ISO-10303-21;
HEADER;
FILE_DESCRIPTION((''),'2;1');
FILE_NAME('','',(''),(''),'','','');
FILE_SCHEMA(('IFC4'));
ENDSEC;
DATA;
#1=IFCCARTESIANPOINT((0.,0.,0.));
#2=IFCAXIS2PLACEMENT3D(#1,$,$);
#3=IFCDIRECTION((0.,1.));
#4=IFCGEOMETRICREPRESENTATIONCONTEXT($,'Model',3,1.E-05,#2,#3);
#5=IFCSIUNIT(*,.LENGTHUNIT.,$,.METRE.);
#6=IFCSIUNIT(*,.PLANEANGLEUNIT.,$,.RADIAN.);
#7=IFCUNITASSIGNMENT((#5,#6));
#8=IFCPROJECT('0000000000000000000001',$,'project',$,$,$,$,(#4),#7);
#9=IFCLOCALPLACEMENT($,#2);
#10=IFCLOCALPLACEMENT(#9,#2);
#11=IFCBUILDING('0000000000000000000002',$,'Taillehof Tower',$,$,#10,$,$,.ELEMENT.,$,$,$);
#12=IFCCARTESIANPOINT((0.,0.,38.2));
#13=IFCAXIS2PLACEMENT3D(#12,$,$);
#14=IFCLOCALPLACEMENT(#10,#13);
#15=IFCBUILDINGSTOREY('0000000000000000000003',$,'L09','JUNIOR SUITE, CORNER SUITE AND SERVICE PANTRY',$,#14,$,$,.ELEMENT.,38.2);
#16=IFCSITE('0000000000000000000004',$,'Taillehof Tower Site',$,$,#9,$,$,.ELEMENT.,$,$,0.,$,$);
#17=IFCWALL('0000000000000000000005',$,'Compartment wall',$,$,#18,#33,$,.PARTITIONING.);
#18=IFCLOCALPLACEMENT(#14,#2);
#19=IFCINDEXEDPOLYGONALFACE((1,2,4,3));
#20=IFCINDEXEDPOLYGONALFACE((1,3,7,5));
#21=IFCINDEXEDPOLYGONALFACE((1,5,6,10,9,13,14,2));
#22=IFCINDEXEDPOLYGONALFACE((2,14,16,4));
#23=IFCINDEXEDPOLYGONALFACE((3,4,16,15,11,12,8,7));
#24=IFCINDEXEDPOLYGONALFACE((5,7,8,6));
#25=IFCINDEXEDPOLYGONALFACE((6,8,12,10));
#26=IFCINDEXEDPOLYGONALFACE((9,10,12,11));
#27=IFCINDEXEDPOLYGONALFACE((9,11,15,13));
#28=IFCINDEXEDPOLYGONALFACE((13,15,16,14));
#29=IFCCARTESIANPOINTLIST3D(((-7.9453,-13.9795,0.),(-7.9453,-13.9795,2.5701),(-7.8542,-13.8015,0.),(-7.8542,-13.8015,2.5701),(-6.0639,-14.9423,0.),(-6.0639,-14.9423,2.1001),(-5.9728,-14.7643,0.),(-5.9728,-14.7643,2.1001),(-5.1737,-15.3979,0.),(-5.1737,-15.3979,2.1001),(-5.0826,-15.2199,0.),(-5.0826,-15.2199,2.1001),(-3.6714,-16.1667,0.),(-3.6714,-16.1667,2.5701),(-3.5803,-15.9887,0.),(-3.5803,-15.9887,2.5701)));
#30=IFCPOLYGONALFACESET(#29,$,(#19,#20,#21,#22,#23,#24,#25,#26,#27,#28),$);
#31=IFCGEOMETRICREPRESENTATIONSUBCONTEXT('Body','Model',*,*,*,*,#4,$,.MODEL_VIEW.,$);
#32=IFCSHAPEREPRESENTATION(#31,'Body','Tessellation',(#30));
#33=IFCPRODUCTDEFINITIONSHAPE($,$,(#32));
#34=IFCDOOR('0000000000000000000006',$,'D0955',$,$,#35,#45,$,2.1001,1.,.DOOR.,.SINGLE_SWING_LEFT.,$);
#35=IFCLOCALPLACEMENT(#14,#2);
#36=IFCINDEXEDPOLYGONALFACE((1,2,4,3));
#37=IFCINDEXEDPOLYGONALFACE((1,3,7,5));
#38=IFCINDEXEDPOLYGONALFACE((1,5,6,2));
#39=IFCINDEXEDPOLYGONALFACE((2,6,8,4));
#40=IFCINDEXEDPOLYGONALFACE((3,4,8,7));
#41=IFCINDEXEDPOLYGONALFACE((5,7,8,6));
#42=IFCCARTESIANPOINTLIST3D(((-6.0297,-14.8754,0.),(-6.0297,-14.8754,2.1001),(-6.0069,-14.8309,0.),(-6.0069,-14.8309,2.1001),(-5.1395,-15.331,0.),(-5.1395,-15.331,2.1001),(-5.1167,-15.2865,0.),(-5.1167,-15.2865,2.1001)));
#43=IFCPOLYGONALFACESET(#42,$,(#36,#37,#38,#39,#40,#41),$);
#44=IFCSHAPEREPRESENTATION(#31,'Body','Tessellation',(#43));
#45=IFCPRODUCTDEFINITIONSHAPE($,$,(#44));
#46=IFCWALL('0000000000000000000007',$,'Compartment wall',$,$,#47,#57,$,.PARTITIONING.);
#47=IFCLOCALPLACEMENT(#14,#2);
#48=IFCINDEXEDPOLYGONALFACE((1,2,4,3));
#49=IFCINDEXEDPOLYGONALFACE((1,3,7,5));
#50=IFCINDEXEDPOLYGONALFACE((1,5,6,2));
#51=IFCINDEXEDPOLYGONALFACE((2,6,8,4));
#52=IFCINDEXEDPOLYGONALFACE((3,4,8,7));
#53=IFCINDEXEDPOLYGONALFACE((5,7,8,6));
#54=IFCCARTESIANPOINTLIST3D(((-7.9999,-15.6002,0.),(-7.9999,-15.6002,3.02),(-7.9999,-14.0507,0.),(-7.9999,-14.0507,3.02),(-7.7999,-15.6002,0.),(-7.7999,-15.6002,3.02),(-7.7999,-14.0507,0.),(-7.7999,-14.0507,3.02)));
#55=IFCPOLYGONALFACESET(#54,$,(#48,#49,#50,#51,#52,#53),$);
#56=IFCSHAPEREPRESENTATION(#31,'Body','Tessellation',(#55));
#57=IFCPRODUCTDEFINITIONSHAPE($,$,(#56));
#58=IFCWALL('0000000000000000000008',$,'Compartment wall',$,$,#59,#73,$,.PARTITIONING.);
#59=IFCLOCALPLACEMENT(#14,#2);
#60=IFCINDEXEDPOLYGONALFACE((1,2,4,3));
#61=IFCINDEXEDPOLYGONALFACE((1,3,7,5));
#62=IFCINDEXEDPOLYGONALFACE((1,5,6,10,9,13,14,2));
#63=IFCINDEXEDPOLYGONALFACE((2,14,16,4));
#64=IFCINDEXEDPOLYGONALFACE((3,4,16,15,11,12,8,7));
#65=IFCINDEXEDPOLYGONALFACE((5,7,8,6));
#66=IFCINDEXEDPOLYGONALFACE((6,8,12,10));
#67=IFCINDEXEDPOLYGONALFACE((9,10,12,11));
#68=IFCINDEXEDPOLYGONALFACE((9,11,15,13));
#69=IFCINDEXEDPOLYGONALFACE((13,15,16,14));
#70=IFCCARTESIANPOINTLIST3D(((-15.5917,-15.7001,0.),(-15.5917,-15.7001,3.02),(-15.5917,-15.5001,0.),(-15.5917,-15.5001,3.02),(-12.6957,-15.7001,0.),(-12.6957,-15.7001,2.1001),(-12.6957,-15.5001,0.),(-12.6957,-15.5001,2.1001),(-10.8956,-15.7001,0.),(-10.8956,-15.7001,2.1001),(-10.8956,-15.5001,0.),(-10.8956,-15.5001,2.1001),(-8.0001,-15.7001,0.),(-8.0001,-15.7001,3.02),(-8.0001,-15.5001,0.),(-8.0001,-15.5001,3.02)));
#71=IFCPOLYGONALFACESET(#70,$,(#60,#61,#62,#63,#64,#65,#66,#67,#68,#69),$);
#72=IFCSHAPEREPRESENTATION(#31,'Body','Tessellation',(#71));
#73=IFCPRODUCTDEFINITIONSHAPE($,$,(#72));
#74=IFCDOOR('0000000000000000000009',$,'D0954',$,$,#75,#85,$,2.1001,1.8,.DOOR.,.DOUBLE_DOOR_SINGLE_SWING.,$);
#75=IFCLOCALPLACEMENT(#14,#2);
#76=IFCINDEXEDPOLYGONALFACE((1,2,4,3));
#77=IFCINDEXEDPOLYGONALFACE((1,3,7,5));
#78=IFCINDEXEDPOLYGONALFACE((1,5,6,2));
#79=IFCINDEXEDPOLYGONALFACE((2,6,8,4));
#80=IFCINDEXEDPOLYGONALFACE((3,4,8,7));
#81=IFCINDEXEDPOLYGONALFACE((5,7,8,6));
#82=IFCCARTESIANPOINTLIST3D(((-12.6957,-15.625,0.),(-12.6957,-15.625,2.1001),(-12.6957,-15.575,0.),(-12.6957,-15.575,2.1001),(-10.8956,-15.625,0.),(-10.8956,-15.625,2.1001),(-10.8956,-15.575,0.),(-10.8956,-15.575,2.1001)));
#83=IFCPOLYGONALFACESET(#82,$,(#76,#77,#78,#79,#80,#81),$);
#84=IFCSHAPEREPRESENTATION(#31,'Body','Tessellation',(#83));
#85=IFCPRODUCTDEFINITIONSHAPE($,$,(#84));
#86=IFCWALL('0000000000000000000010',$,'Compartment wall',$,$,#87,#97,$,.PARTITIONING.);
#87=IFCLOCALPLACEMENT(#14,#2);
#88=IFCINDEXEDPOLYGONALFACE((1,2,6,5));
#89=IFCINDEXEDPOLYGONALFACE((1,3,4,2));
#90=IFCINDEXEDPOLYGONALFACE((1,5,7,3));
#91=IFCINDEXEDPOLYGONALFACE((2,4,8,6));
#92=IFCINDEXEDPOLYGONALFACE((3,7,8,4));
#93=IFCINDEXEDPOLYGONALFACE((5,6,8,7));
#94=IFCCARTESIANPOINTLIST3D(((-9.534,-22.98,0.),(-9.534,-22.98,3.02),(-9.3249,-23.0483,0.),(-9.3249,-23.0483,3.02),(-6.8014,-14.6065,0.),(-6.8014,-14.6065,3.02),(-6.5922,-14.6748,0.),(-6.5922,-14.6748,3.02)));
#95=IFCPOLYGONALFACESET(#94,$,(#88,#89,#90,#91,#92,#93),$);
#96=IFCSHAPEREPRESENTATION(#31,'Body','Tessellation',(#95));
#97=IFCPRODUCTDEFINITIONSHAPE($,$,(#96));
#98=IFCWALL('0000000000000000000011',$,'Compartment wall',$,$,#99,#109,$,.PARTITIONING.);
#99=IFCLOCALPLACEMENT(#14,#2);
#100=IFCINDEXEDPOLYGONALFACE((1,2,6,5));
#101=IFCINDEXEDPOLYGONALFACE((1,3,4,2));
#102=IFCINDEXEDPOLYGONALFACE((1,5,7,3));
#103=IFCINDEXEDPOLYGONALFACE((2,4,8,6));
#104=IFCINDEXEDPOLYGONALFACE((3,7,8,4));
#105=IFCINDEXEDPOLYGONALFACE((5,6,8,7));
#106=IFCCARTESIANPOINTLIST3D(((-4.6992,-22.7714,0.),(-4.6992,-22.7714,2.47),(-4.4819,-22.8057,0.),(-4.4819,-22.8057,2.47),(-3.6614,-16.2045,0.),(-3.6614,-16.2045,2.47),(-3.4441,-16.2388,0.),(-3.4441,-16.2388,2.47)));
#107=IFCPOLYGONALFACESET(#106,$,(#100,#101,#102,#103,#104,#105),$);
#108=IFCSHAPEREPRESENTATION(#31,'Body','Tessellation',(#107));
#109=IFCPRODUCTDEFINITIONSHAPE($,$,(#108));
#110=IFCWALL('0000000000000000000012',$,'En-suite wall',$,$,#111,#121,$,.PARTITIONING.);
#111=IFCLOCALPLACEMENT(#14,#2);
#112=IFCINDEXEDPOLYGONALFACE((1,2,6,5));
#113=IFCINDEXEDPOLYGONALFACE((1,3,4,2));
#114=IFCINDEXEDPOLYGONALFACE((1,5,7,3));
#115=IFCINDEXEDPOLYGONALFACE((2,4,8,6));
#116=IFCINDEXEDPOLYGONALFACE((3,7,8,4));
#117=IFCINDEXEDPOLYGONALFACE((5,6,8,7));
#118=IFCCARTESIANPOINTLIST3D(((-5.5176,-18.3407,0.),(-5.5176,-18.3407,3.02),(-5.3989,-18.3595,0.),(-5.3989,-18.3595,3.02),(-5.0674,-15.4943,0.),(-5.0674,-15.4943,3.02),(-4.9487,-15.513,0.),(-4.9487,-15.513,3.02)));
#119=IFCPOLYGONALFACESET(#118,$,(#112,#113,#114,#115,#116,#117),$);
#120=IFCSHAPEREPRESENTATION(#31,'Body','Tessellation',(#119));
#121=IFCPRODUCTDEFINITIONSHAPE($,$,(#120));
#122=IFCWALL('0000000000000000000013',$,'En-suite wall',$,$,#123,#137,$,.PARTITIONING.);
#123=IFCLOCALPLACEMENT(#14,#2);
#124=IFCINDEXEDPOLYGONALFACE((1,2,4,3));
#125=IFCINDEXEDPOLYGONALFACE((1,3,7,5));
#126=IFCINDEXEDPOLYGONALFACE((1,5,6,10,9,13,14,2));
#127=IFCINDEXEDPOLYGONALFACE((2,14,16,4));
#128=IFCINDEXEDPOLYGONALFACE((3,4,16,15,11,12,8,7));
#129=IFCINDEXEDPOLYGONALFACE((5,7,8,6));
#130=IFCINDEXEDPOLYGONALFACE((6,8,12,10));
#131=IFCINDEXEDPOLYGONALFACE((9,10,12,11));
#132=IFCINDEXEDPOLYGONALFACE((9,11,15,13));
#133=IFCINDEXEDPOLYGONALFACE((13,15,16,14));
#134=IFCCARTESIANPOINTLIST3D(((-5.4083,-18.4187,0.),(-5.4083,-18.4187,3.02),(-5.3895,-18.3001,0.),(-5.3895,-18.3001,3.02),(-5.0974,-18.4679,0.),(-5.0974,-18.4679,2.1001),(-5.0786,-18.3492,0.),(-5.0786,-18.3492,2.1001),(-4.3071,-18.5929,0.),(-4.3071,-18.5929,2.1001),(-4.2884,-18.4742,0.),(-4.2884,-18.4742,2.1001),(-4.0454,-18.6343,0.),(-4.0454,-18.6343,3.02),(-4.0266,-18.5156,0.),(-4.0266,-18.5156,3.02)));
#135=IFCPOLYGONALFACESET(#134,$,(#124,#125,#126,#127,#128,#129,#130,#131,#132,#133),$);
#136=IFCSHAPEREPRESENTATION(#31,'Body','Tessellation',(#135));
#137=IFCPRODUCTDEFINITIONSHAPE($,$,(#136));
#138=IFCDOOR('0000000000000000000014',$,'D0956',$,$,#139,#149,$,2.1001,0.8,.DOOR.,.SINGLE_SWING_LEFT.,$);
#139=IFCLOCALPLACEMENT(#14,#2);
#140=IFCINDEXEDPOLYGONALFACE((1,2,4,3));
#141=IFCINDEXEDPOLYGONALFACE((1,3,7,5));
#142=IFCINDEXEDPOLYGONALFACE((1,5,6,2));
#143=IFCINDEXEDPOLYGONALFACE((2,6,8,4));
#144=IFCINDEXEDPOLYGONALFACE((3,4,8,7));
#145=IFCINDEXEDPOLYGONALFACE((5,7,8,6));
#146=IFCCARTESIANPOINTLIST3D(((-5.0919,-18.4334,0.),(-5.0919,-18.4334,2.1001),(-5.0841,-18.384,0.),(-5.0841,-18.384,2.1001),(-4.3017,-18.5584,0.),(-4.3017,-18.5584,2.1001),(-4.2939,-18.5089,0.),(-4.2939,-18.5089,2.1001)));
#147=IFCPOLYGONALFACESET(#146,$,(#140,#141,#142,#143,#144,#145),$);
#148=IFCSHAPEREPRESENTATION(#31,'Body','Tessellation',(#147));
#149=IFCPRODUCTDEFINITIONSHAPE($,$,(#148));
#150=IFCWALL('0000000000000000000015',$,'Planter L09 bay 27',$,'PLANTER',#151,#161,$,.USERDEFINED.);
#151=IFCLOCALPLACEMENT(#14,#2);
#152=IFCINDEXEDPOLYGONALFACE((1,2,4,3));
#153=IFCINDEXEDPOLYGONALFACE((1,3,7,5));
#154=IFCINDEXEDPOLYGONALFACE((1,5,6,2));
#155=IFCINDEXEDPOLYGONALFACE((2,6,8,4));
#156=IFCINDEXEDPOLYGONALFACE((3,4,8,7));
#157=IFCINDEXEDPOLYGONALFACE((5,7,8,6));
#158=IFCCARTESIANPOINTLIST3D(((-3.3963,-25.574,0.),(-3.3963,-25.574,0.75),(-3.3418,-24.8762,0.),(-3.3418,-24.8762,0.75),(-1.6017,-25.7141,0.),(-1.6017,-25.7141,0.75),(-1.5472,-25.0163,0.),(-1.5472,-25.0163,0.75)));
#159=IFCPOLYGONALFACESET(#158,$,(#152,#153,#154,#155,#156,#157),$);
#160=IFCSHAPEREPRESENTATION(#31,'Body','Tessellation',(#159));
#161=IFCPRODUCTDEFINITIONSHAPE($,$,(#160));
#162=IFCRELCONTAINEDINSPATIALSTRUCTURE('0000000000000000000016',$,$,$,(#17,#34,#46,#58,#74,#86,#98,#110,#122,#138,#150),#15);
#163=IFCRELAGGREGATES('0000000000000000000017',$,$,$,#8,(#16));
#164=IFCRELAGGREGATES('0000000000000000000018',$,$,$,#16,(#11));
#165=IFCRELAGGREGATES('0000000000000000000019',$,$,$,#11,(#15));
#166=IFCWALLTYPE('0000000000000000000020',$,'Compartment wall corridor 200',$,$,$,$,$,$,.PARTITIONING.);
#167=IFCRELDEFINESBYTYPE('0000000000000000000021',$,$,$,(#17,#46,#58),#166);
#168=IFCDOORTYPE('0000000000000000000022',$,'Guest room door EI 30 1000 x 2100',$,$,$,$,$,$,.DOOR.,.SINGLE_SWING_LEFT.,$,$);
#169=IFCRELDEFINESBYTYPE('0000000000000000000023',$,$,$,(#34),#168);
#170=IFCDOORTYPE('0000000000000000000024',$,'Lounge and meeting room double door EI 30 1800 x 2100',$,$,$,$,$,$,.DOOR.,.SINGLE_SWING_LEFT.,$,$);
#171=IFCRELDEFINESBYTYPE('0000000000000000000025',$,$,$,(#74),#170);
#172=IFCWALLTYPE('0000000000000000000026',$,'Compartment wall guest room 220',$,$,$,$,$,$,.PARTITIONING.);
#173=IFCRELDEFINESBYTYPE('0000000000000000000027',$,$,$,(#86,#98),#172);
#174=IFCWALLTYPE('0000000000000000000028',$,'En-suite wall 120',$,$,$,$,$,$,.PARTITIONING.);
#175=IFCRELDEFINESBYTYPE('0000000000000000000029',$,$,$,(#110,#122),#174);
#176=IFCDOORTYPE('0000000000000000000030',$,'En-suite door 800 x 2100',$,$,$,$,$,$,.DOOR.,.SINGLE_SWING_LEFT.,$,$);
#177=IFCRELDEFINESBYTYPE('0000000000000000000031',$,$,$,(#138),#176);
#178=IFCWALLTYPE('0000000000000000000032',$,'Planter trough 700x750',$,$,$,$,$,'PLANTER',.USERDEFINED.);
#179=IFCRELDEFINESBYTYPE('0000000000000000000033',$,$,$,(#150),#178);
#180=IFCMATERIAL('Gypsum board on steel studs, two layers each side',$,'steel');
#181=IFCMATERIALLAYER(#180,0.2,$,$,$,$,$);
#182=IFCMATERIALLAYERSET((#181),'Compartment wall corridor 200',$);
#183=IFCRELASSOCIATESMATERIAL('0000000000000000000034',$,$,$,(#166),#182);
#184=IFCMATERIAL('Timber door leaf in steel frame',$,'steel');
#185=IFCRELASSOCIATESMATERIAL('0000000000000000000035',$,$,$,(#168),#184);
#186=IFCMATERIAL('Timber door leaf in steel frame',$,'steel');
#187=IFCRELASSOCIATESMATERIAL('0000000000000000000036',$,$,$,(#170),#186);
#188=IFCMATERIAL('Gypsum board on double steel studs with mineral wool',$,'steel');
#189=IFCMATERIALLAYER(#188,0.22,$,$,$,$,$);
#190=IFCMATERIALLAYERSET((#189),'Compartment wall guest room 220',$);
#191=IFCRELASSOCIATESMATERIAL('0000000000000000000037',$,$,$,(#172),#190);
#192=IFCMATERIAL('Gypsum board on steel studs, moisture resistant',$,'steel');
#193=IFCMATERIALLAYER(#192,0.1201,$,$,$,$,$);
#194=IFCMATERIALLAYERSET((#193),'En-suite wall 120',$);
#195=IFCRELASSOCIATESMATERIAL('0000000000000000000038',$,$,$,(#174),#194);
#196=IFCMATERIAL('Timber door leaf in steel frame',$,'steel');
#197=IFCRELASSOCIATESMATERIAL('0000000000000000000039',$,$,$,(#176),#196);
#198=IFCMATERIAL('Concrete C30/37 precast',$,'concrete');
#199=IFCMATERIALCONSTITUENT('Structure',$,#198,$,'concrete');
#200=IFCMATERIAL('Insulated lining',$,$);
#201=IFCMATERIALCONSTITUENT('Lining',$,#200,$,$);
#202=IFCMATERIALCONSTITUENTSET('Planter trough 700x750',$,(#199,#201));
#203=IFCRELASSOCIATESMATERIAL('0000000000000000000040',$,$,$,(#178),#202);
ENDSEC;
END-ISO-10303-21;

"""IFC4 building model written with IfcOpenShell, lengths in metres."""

from ifc_helpers import new_model, si_unit, direction, frame, frame_2d, origin, place, context, subcontext, project, spatial, rectangle, extrude, material, layer, layer_set, constituent, constituent_set, type_object, element, fill, save


model = new_model("IFC4")

# Units and contexts
model_context = context("Model", 3, precision=1e-05, world=origin(), true_north=direction((0.0, 1.0)))
body_context = subcontext(model_context, "Body", "Model", "MODEL_VIEW")
ifc_project = project(units=[si_unit("LENGTHUNIT", "METRE"), si_unit("PLANEANGLEUNIT", "RADIAN")], contexts=[model_context])

# Site, building, storey
site_placement = place(None, origin())
site = spatial("IfcSite", under=ifc_project, at=site_placement, Name="Taillehof Tower Site", CompositionType="ELEMENT", RefElevation=0.0)
building_placement = place(site_placement, origin())
building = spatial("IfcBuilding", under=site, at=building_placement, Name="Taillehof Tower", CompositionType="ELEMENT")
storey_placement = place(building_placement, frame((0.0, 0.0, 38.2)))
storey = spatial("IfcBuildingStorey", under=building, at=storey_placement, Name="L09", Description="JUNIOR SUITE, CORNER SUITE AND SERVICE PANTRY", CompositionType="ELEMENT", Elevation=38.2)

# Wall, opening, door
ifc_material_1 = material(Name="Gypsum board on steel studs, two layers each side", Category="steel")
ifc_layer_1 = layer(ifc_material_1, 0.2)
ifc_layer_set_1 = layer_set([ifc_layer_1], Name="Compartment wall corridor 200")
wall_type_1 = type_object("IfcWallType", Name="Compartment wall corridor 200", PredefinedType="PARTITIONING", material=ifc_layer_set_1)
wall_1_placement = place(storey_placement, frame((-3.626, -16.0776, 0.0), z_axis=(0.0, 0.0, 1.0), x_axis=(-0.890198, 0.455574, 0.0)))
wall_1 = element("IfcWall", 1, at=wall_1_placement, inside=storey, type_object=wall_type_1, Name="Compartment wall", PredefinedType="PARTITIONING", context=body_context, shape_type="SweptSolid", body=[
    extrude(rectangle(XDim=4.801, YDim=0.2, at=frame_2d((2.4004, 0.0))), origin(), (0.0, 0.0, 1.0), 2.5701),
])
opening_1_placement = place(wall_1_placement, frame((1.6875, 0.0, 0.0)))
opening_1 = element("IfcOpeningElement", 2, at=opening_1_placement, cuts=wall_1, PredefinedType="OPENING", context=body_context, shape_type="SweptSolid", body=[
    extrude(rectangle(XDim=1.0, YDim=2.1001, at=frame_2d((0.5, 1.05))), frame((0.0, 0.1099, 0.0), z_axis=(0.0, -1.0, 0.0), x_axis=(1.0, 0.0, 0.0)), (0.0, 0.0, 1.0), 0.22),
])
ifc_material_2 = material(Name="Timber door leaf in steel frame", Category="steel")
door_type_1 = type_object("IfcDoorType", Name="Guest room door EI 30 1000 x 2100", OperationType="SINGLE_SWING_LEFT", PredefinedType="DOOR", material=ifc_material_2)
door_1_placement = place(opening_1_placement, origin())
door_1 = element("IfcDoor", 3, at=door_1_placement, inside=storey, type_object=door_type_1, Name="D0955", OperationType="SINGLE_SWING_LEFT", OverallHeight=2.1001, OverallWidth=1.0, PredefinedType="DOOR", context=body_context, shape_type="SweptSolid", body=[
    extrude(rectangle(XDim=1.0, YDim=2.1001, at=frame_2d((0.5, 1.05))), frame((0.0, 0.0249, 0.0), z_axis=(0.0, -1.0, 0.0), x_axis=(1.0, 0.0, 0.0)), (0.0, 0.0, 1.0), 0.05),
])
fill(opening_1, door_1)

# Wall
wall_2_placement = place(storey_placement, frame((-7.8999, -14.0505, 0.0), z_axis=(0.0, 0.0, 1.0), x_axis=(0.0, -1.0, 0.0)))
element("IfcWall", 4, at=wall_2_placement, inside=storey, type_object=wall_type_1, Name="Compartment wall", PredefinedType="PARTITIONING", context=body_context, shape_type="SweptSolid", body=[
    extrude(rectangle(XDim=1.5496, YDim=0.2, at=frame_2d((0.7749, 0.0))), origin(), (0.0, 0.0, 1.0), 3.02),
])

# Wall, opening, door
wall_3_placement = place(storey_placement, frame((-8.0, -15.6001, 0.0), z_axis=(0.0, 0.0, 1.0), x_axis=(-1.0, 0.0, 0.0)))
wall_3 = element("IfcWall", 5, at=wall_3_placement, inside=storey, type_object=wall_type_1, Name="Compartment wall", PredefinedType="PARTITIONING", context=body_context, shape_type="SweptSolid", body=[
    extrude(rectangle(XDim=7.5916, YDim=0.2, at=frame_2d((3.7959, 0.0))), origin(), (0.0, 0.0, 1.0), 3.02),
])
opening_2_placement = place(wall_3_placement, frame((2.8958, 0.0, 0.0)))
opening_2 = element("IfcOpeningElement", 6, at=opening_2_placement, cuts=wall_3, PredefinedType="OPENING", context=body_context, shape_type="SweptSolid", body=[
    extrude(rectangle(XDim=1.8, YDim=2.1001, at=frame_2d((0.8999, 1.05))), frame((0.0, 0.1099, 0.0), z_axis=(0.0, -1.0, 0.0), x_axis=(1.0, 0.0, 0.0)), (0.0, 0.0, 1.0), 0.22),
])
ifc_material_3 = material(Name="Timber door leaf in steel frame", Category="steel")
door_type_2 = type_object("IfcDoorType", Name="Lounge and meeting room double door EI 30 1800 x 2100", OperationType="SINGLE_SWING_LEFT", PredefinedType="DOOR", material=ifc_material_3)
door_2_placement = place(opening_2_placement, origin())
door_2 = element("IfcDoor", 7, at=door_2_placement, inside=storey, type_object=door_type_2, Name="D0954", OperationType="DOUBLE_DOOR_SINGLE_SWING", OverallHeight=2.1001, OverallWidth=1.8, PredefinedType="DOOR", context=body_context, shape_type="SweptSolid", body=[
    extrude(rectangle(XDim=1.8, YDim=2.1001, at=frame_2d((0.8999, 1.05))), frame((0.0, 0.0249, 0.0), z_axis=(0.0, -1.0, 0.0), x_axis=(1.0, 0.0, 0.0)), (0.0, 0.0, 1.0), 0.05),
])
fill(opening_2, door_2)

# Walls
ifc_material_4 = material(Name="Gypsum board on double steel studs with mineral wool", Category="steel")
ifc_layer_2 = layer(ifc_material_4, 0.22)
ifc_layer_set_2 = layer_set([ifc_layer_2], Name="Compartment wall guest room 220")
wall_type_2 = type_object("IfcWallType", Name="Compartment wall guest room 220", PredefinedType="PARTITIONING", material=ifc_layer_set_2)
wall_4_placement = place(storey_placement, frame((-9.4294, -23.0142, 0.0), z_axis=(0.0, 0.0, 1.0), x_axis=(0.310243, 0.950657, 0.0)))
element("IfcWall", 8, at=wall_4_placement, inside=storey, type_object=wall_type_2, Name="Compartment wall", PredefinedType="PARTITIONING", context=body_context, shape_type="SweptSolid", body=[
    extrude(rectangle(XDim=8.8081, YDim=0.22, at=frame_2d((4.4041, 0.0))), origin(), (0.0, 0.0, 1.0), 3.02),
])
wall_5_placement = place(storey_placement, frame((-4.5906, -22.7886, 0.0), z_axis=(0.0, 0.0, 1.0), x_axis=(0.156104, 0.987741, 0.0)))
element("IfcWall", 9, at=wall_5_placement, inside=storey, type_object=wall_type_2, Name="Compartment wall", PredefinedType="PARTITIONING", context=body_context, shape_type="SweptSolid", body=[
    extrude(rectangle(XDim=6.6484, YDim=0.22, at=frame_2d((3.3242, 0.0))), origin(), (0.0, 0.0, 1.0), 2.47),
])
ifc_material_5 = material(Name="Gypsum board on steel studs, moisture resistant", Category="steel")
ifc_layer_3 = layer(ifc_material_5, 0.1201)
ifc_layer_set_3 = layer_set([ifc_layer_3], Name="En-suite wall 120")
wall_type_3 = type_object("IfcWallType", Name="En-suite wall 120", PredefinedType="PARTITIONING", material=ifc_layer_set_3)
wall_6_placement = place(storey_placement, frame((-5.0081, -15.5037, 0.0), z_axis=(0.0, 0.0, 1.0), x_axis=(-0.156219, -0.987722, 0.0)))
element("IfcWall", 10, at=wall_6_placement, inside=storey, type_object=wall_type_3, Name="En-suite wall", PredefinedType="PARTITIONING", context=body_context, shape_type="SweptSolid", body=[
    extrude(rectangle(XDim=2.8818, YDim=0.1201, at=frame_2d((1.4409, 0.0))), origin(), (0.0, 0.0, 1.0), 3.02),
])

# Wall, opening, door
wall_7_placement = place(storey_placement, frame((-5.3989, -18.3594, 0.0), z_axis=(0.0, 0.0, 1.0), x_axis=(0.987723, -0.156217, 0.0)))
wall_7 = element("IfcWall", 11, at=wall_7_placement, inside=storey, type_object=wall_type_3, Name="En-suite wall", PredefinedType="PARTITIONING", context=body_context, shape_type="SweptSolid", body=[
    extrude(rectangle(XDim=1.3799, YDim=0.1201, at=frame_2d((0.6899, 0.0))), origin(), (0.0, 0.0, 1.0), 3.02),
])
opening_3_placement = place(wall_7_placement, frame((0.3149, 0.0, 0.0)))
opening_3 = element("IfcOpeningElement", 12, at=opening_3_placement, cuts=wall_7, PredefinedType="OPENING", context=body_context, shape_type="SweptSolid", body=[
    extrude(rectangle(XDim=0.8, YDim=2.1001, at=frame_2d((0.3999, 1.05))), frame((0.0, 0.0701, 0.0), z_axis=(0.0, -1.0, 0.0), x_axis=(1.0, 0.0, 0.0)), (0.0, 0.0, 1.0), 0.1401),
])
ifc_material_6 = material(Name="Timber door leaf in steel frame", Category="steel")
door_type_3 = type_object("IfcDoorType", Name="En-suite door 800 x 2100", OperationType="SINGLE_SWING_LEFT", PredefinedType="DOOR", material=ifc_material_6)
door_3_placement = place(opening_3_placement, origin())
door_3 = element("IfcDoor", 13, at=door_3_placement, inside=storey, type_object=door_type_3, Name="D0956", OperationType="SINGLE_SWING_LEFT", OverallHeight=2.1001, OverallWidth=0.8, PredefinedType="DOOR", context=body_context, shape_type="SweptSolid", body=[
    extrude(rectangle(XDim=0.8, YDim=2.1001, at=frame_2d((0.3999, 1.05))), frame((0.0, 0.0249, 0.0), z_axis=(0.0, -1.0, 0.0), x_axis=(1.0, 0.0, 0.0)), (0.0, 0.0, 1.0), 0.05),
])
fill(opening_3, door_3)

# Wall
ifc_material_7 = material(Name="Concrete C30/37 precast", Category="concrete")
ifc_constituent_1 = constituent(ifc_material_7, Name="Structure", Category="concrete")
ifc_material_8 = material(Name="Insulated lining")
ifc_constituent_2 = constituent(ifc_material_8, Name="Lining")
ifc_constituent_set = constituent_set(constituents=[ifc_constituent_1, ifc_constituent_2], Name="Planter trough 700x750")
wall_type_4 = type_object("IfcWallType", Name="Planter trough 700x750", ElementType="PLANTER", PredefinedType="USERDEFINED", material=ifc_constituent_set)
wall_8_placement = place(storey_placement, frame((-3.3689, -25.2251, 0.0), z_axis=(0.0, 0.0, 1.0), x_axis=(0.996965, -0.077848, 0.0)))
element("IfcWall", 14, at=wall_8_placement, inside=storey, type_object=wall_type_4, Name="Planter L09 bay 27", ObjectType="PLANTER", PredefinedType="USERDEFINED", context=body_context, shape_type="SweptSolid", body=[
    extrude(rectangle(XDim=1.8, YDim=0.7, at=frame_2d((0.8999, 0.0))), origin(), (0.0, 0.0, 1.0), 0.75),
])

save(model, "model.ifc")
